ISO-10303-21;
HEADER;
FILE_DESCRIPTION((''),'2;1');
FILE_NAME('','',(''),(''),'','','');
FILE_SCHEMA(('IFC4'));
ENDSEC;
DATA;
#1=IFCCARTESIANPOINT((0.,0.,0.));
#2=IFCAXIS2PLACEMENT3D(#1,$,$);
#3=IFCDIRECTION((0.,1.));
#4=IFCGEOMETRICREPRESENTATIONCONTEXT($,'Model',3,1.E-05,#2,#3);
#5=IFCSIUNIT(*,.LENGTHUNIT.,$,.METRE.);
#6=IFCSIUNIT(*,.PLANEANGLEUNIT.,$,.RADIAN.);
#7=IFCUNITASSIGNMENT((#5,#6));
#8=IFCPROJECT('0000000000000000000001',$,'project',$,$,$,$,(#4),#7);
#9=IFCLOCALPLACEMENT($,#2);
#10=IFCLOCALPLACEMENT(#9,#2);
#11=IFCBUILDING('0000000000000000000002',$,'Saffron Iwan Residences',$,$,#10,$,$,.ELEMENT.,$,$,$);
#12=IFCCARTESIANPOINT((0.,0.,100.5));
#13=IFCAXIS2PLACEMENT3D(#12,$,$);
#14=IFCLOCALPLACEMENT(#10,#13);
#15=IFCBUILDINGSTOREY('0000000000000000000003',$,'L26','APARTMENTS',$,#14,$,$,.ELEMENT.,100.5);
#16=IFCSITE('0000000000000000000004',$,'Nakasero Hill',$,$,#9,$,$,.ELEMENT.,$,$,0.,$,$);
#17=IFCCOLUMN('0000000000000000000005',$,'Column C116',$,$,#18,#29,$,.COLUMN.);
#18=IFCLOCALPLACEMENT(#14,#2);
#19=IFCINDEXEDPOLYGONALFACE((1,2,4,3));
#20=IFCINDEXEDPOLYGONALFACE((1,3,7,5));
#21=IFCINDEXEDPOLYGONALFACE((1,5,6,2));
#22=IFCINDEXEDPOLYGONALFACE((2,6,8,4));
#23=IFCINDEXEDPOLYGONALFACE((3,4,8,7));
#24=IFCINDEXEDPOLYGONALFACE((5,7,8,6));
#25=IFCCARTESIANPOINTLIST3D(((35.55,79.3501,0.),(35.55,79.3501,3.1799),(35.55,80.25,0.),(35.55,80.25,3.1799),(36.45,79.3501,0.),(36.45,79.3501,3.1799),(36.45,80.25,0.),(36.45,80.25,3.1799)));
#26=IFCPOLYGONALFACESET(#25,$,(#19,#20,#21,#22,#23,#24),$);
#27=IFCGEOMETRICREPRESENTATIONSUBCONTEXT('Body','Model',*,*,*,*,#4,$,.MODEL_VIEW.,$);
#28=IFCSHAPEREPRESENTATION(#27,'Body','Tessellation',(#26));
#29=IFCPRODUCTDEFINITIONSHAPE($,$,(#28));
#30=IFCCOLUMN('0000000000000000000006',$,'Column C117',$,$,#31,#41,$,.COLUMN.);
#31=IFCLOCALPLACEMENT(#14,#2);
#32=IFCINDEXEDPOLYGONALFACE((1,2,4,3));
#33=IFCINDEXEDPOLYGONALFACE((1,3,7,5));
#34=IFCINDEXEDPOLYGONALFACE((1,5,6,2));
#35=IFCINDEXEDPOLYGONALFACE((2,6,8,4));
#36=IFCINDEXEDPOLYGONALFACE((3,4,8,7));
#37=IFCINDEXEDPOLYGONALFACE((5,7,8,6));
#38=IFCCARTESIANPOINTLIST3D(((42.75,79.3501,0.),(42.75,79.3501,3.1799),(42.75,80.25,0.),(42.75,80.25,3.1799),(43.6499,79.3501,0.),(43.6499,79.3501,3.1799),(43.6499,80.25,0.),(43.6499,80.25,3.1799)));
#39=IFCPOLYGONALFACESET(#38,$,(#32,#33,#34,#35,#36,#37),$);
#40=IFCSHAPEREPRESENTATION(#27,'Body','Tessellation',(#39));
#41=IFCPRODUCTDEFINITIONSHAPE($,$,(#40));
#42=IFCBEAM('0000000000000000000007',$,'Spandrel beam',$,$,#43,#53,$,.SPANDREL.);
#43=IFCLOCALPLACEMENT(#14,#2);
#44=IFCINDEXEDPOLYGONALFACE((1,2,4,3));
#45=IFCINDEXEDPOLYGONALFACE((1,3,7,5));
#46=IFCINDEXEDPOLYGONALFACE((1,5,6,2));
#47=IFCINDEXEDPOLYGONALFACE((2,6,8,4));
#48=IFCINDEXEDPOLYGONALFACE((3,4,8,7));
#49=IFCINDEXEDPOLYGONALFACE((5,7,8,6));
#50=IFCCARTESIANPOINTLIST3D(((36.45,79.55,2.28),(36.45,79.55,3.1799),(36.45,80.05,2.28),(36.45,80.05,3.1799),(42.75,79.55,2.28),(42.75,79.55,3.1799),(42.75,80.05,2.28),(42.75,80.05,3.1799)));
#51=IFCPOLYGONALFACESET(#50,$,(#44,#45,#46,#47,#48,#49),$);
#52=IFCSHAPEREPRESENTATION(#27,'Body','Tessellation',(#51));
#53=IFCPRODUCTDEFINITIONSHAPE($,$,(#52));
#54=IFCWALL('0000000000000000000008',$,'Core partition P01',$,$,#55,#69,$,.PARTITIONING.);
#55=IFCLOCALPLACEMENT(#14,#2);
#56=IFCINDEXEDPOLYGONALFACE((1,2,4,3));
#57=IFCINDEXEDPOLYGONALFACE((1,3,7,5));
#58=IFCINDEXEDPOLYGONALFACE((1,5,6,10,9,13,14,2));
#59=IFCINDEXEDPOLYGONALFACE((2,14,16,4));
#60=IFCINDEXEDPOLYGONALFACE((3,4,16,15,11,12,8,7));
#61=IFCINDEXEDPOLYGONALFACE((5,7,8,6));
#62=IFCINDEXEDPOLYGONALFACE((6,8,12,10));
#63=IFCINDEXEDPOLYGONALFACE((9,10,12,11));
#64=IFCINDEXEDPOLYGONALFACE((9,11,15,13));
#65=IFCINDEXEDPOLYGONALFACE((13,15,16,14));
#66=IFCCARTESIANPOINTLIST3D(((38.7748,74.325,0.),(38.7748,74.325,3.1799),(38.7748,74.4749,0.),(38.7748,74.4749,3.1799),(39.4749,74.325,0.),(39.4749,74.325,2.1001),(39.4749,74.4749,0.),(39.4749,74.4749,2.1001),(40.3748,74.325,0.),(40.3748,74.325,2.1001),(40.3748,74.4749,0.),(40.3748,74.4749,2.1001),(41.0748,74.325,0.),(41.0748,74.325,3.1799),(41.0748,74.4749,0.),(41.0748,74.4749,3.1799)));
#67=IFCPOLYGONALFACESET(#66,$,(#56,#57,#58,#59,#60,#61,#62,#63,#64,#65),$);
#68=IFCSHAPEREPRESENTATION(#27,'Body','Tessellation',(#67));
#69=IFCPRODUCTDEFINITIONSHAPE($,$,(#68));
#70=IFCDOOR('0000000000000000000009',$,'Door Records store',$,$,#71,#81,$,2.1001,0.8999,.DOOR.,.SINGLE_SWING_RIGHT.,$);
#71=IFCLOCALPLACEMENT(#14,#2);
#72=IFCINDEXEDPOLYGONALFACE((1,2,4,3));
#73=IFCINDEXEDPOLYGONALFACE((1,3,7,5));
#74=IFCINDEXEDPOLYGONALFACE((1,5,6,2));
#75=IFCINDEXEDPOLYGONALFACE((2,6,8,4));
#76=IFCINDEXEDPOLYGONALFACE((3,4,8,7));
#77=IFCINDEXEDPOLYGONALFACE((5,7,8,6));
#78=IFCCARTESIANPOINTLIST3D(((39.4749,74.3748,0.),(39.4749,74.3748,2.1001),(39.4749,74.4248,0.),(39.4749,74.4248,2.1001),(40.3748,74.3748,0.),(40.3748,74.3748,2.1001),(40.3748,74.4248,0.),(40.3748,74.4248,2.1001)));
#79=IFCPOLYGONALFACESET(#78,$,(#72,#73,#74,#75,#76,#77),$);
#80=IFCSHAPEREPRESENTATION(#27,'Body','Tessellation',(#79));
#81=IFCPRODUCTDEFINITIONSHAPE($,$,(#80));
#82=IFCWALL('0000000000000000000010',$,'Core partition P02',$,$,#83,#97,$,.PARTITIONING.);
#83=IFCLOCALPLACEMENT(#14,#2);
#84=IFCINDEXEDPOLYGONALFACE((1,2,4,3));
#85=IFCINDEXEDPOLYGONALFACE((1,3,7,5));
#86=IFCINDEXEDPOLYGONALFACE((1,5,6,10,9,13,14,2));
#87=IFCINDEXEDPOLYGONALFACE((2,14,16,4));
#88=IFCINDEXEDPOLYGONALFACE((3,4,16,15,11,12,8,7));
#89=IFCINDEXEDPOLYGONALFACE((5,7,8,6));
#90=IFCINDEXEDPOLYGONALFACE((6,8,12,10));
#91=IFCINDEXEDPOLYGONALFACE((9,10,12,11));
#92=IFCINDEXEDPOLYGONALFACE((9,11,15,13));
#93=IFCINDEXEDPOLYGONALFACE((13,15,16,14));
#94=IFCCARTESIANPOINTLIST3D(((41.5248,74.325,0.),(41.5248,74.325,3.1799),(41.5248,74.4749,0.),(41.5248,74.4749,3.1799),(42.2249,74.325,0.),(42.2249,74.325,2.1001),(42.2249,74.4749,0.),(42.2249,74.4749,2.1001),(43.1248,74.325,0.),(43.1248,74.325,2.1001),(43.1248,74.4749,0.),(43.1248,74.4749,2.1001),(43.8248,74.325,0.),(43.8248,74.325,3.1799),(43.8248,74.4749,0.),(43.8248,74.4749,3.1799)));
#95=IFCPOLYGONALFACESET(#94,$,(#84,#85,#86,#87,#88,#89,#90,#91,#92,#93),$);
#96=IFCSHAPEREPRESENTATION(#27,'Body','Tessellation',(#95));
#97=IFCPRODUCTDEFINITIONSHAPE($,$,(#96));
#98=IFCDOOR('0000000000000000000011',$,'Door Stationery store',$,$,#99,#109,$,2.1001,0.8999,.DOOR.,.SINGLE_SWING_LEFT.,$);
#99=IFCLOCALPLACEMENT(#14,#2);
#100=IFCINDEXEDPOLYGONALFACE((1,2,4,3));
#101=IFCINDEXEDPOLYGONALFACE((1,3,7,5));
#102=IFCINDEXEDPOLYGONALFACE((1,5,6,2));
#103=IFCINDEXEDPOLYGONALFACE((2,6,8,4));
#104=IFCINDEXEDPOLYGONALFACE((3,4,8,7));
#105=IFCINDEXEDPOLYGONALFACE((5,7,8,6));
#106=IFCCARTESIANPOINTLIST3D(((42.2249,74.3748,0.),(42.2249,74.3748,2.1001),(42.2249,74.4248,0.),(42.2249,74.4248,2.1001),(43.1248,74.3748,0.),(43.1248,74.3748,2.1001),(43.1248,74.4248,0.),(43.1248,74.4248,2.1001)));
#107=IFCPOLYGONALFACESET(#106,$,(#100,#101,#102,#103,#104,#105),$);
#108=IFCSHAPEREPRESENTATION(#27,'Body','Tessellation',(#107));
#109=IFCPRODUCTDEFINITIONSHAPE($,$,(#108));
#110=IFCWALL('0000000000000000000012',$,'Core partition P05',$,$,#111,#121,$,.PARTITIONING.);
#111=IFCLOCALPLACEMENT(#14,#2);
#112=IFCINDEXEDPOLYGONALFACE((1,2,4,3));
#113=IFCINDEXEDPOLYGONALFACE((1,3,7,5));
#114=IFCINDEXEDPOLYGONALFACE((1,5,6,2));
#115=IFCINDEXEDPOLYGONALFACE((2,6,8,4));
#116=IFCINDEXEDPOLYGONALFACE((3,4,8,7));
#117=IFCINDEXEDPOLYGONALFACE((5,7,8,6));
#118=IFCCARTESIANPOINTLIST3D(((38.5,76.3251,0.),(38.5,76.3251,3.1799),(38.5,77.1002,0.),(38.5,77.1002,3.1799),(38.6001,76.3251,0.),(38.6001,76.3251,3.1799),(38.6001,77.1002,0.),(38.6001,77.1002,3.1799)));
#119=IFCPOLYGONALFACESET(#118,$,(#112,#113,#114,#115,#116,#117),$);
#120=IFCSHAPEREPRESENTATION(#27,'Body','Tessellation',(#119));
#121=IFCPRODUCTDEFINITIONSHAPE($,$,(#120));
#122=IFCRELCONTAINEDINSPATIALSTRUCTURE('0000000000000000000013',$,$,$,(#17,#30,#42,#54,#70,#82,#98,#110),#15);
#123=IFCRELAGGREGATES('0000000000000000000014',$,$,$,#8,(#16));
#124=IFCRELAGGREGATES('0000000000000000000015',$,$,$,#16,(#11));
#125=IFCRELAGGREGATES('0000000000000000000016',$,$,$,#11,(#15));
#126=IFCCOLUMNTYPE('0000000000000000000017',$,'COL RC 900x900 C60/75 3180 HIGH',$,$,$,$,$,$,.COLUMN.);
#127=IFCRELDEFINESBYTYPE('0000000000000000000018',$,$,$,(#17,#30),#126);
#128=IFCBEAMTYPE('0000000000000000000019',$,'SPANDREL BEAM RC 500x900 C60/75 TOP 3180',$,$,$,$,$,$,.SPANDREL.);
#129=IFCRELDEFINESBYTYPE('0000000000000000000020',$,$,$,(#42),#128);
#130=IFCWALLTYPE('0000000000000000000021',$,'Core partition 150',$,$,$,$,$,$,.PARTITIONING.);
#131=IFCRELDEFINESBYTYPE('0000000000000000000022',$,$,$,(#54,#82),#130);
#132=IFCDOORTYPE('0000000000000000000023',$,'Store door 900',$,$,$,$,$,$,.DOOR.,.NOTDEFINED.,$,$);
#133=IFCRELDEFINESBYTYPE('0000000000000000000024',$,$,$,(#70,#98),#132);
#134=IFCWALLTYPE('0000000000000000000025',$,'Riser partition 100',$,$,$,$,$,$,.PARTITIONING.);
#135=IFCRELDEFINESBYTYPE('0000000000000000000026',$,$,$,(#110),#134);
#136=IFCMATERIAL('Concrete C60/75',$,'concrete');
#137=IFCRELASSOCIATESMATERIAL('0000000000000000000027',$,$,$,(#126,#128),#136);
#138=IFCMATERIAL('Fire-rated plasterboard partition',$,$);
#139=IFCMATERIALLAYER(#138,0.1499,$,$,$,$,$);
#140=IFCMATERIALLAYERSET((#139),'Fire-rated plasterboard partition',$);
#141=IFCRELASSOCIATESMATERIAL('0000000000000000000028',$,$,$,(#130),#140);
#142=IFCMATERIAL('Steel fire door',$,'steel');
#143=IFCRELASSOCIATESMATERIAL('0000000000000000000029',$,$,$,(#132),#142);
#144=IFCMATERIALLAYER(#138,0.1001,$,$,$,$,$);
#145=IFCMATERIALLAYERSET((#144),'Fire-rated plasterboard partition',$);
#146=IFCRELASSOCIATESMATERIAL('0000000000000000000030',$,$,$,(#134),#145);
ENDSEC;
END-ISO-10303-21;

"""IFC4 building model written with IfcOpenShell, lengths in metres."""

from ifc_helpers import new_model, si_unit, direction, frame, frame_2d, origin, origin_2d, place, context, subcontext, project, spatial, rectangle, extrude, source, transform, mapped, material, layer, layer_set, material_profile, profile_set, type_object, element, fill, save


model = new_model("IFC4")

# Units and contexts
model_context = context("Model", 3, precision=1e-05, world=origin(), true_north=direction((0.0, 1.0)))
body_context = subcontext(model_context, "Body", "Model", "MODEL_VIEW")
ifc_project = project(units=[si_unit("LENGTHUNIT", "METRE"), si_unit("PLANEANGLEUNIT", "RADIAN")], contexts=[model_context])

# Site, building, storey
site_placement = place(None, origin())
site = spatial("IfcSite", under=ifc_project, at=site_placement, Name="Nakasero Hill", CompositionType="ELEMENT", RefElevation=0.0)
building_placement = place(site_placement, origin())
building = spatial("IfcBuilding", under=site, at=building_placement, Name="Saffron Iwan Residences", CompositionType="ELEMENT")
storey_placement = place(building_placement, frame((0.0, 0.0, 100.5)))
storey = spatial("IfcBuildingStorey", under=building, at=storey_placement, Name="L26", Description="APARTMENTS", CompositionType="ELEMENT", Elevation=100.5)

# Columns
ifc_material_1 = material(Name="Concrete C60/75", Category="concrete")
ifc_material_profile_1 = material_profile(ifc_material_1, rectangle(XDim=0.8999, YDim=0.8999, at=origin_2d()), Name="RC 900x900")
ifc_profile_set_1 = profile_set([ifc_material_profile_1], Name="Concrete C60/75")
column_type = type_object("IfcColumnType", Name="COL RC 900x900 C60/75 3180 HIGH", PredefinedType="COLUMN", material=ifc_profile_set_1)
shared_shape_1 = source(origin(), body_context, "Body", "SweptSolid", [
    extrude(rectangle(XDim=0.8999, YDim=0.8999, at=origin_2d()), origin(), (0.0, 0.0, 1.0), 3.1799),
])
for number, where, z_axis, x_axis, name in (
    (1, (36.0, 79.8, 0.0), (0.0, 0.0, 1.0), (1.0, 0.0, 0.0), "Column C116"),
    (2, (43.2, 79.8, 0.0), (0.0, 0.0, 1.0), (1.0, 0.0, 0.0), "Column C117"),
):
    element("IfcColumn", number, at=place(storey_placement, frame(where, z_axis=z_axis, x_axis=x_axis)), inside=storey, type_object=column_type, Name=name, PredefinedType="COLUMN", context=body_context, shape_type="MappedRepresentation", body=[
        mapped(shared_shape_1, transform((0.0, 0.0, 0.0))),
    ])

# Beam
ifc_material_profile_2 = material_profile(ifc_material_1, rectangle(XDim=0.5, YDim=0.8999, at=origin_2d()), Name="RC 500x900")
ifc_profile_set_2 = profile_set([ifc_material_profile_2], Name="Concrete C60/75")
beam_type = type_object("IfcBeamType", Name="SPANDREL BEAM RC 500x900 C60/75 TOP 3180", PredefinedType="SPANDREL", material=ifc_profile_set_2)
shared_shape_2 = source(origin(), body_context, "Body", "SweptSolid", [
    extrude(rectangle(XDim=0.5, YDim=0.8999, at=origin_2d()), origin(), (0.0, 0.0, 1.0), 6.3),
])
beam_placement = place(storey_placement, frame((36.45, 79.8, 2.73), z_axis=(1.0, 0.0, 0.0), x_axis=(0.0, 1.0, 0.0)))
element("IfcBeam", 3, at=beam_placement, inside=storey, type_object=beam_type, Name="Spandrel beam", PredefinedType="SPANDREL", context=body_context, shape_type="MappedRepresentation", body=[
    mapped(shared_shape_2, transform((0.0, 0.0, 0.0))),
])

# Walls, openings, doors
ifc_material_2 = material(Name="Fire-rated plasterboard partition")
ifc_layer_1 = layer(ifc_material_2, 0.1499)
ifc_layer_set_1 = layer_set([ifc_layer_1], Name="Fire-rated plasterboard partition")
wall_type_1 = type_object("IfcWallType", Name="Core partition 150", PredefinedType="PARTITIONING", material=ifc_layer_set_1)
wall_1_placement = place(storey_placement, frame((38.7749, 74.3999, 0.0), z_axis=(0.0, 0.0, 1.0), x_axis=(1.0, 0.0, 0.0)))
wall_1 = element("IfcWall", 4, at=wall_1_placement, inside=storey, type_object=wall_type_1, Name="Core partition P01", PredefinedType="PARTITIONING", context=body_context, shape_type="SweptSolid", body=[
    extrude(rectangle(XDim=2.3, YDim=0.1499, at=frame_2d((1.1499, 0.0))), origin(), (0.0, 0.0, 1.0), 3.1799),
])
opening_1_placement = place(wall_1_placement, frame((0.7, 0.0, 0.0)))
opening_1 = element("IfcOpeningElement", 5, at=opening_1_placement, cuts=wall_1, PredefinedType="OPENING", context=body_context, shape_type="SweptSolid", body=[
    extrude(rectangle(XDim=0.8999, YDim=2.1001, at=frame_2d((0.45, 1.05))), frame((0.0, 0.085, 0.0), z_axis=(0.0, -1.0, 0.0), x_axis=(1.0, 0.0, 0.0)), (0.0, 0.0, 1.0), 0.1699),
])
ifc_material_3 = material(Name="Steel fire door", Category="steel")
door_type_1 = type_object("IfcDoorType", Name="Store door 900", OperationType="NOTDEFINED", PredefinedType="DOOR", material=ifc_material_3)
door_1_placement = place(opening_1_placement, origin())
door_1 = element("IfcDoor", 6, at=door_1_placement, inside=storey, type_object=door_type_1, Name="Door Records store", OperationType="SINGLE_SWING_RIGHT", OverallHeight=2.1001, OverallWidth=0.8999, PredefinedType="DOOR", context=body_context, shape_type="SweptSolid", body=[
    extrude(rectangle(XDim=0.8999, YDim=2.1001, at=frame_2d((0.45, 1.05))), frame((0.0, 0.0249, 0.0), z_axis=(0.0, -1.0, 0.0), x_axis=(1.0, 0.0, 0.0)), (0.0, 0.0, 1.0), 0.05),
])
fill(opening_1, door_1)
wall_2_placement = place(storey_placement, frame((41.5249, 74.3999, 0.0), z_axis=(0.0, 0.0, 1.0), x_axis=(1.0, 0.0, 0.0)))
wall_2 = element("IfcWall", 7, at=wall_2_placement, inside=storey, type_object=wall_type_1, Name="Core partition P02", PredefinedType="PARTITIONING", context=body_context, shape_type="SweptSolid", body=[
    extrude(rectangle(XDim=2.3, YDim=0.1499, at=frame_2d((1.1499, 0.0))), origin(), (0.0, 0.0, 1.0), 3.1799),
])
opening_2_placement = place(wall_2_placement, frame((0.7, 0.0, 0.0)))
opening_2 = element("IfcOpeningElement", 8, at=opening_2_placement, cuts=wall_2, PredefinedType="OPENING", context=body_context, shape_type="SweptSolid", body=[
    extrude(rectangle(XDim=0.8999, YDim=2.1001, at=frame_2d((0.45, 1.05))), frame((0.0, 0.085, 0.0), z_axis=(0.0, -1.0, 0.0), x_axis=(1.0, 0.0, 0.0)), (0.0, 0.0, 1.0), 0.1699),
])
door_2_placement = place(opening_2_placement, origin())
door_2 = element("IfcDoor", 9, at=door_2_placement, inside=storey, type_object=door_type_1, Name="Door Stationery store", OperationType="SINGLE_SWING_LEFT", OverallHeight=2.1001, OverallWidth=0.8999, PredefinedType="DOOR", context=body_context, shape_type="SweptSolid", body=[
    extrude(rectangle(XDim=0.8999, YDim=2.1001, at=frame_2d((0.45, 1.05))), frame((0.0, 0.0249, 0.0), z_axis=(0.0, -1.0, 0.0), x_axis=(1.0, 0.0, 0.0)), (0.0, 0.0, 1.0), 0.05),
])
fill(opening_2, door_2)

# Wall
ifc_layer_2 = layer(ifc_material_2, 0.1001)
ifc_layer_set_2 = layer_set([ifc_layer_2], Name="Fire-rated plasterboard partition")
wall_type_2 = type_object("IfcWallType", Name="Riser partition 100", PredefinedType="PARTITIONING", material=ifc_layer_set_2)
wall_3_placement = place(storey_placement, frame((38.55, 76.325, 0.0), z_axis=(0.0, 0.0, 1.0), x_axis=(0.0, 1.0, 0.0)))
element("IfcWall", 10, at=wall_3_placement, inside=storey, type_object=wall_type_2, Name="Core partition P05", PredefinedType="PARTITIONING", context=body_context, shape_type="SweptSolid", body=[
    extrude(rectangle(XDim=0.7751, YDim=0.1001, at=frame_2d((0.3877, 0.0))), origin(), (0.0, 0.0, 1.0), 3.1799),
])

save(model, "model.ifc")
